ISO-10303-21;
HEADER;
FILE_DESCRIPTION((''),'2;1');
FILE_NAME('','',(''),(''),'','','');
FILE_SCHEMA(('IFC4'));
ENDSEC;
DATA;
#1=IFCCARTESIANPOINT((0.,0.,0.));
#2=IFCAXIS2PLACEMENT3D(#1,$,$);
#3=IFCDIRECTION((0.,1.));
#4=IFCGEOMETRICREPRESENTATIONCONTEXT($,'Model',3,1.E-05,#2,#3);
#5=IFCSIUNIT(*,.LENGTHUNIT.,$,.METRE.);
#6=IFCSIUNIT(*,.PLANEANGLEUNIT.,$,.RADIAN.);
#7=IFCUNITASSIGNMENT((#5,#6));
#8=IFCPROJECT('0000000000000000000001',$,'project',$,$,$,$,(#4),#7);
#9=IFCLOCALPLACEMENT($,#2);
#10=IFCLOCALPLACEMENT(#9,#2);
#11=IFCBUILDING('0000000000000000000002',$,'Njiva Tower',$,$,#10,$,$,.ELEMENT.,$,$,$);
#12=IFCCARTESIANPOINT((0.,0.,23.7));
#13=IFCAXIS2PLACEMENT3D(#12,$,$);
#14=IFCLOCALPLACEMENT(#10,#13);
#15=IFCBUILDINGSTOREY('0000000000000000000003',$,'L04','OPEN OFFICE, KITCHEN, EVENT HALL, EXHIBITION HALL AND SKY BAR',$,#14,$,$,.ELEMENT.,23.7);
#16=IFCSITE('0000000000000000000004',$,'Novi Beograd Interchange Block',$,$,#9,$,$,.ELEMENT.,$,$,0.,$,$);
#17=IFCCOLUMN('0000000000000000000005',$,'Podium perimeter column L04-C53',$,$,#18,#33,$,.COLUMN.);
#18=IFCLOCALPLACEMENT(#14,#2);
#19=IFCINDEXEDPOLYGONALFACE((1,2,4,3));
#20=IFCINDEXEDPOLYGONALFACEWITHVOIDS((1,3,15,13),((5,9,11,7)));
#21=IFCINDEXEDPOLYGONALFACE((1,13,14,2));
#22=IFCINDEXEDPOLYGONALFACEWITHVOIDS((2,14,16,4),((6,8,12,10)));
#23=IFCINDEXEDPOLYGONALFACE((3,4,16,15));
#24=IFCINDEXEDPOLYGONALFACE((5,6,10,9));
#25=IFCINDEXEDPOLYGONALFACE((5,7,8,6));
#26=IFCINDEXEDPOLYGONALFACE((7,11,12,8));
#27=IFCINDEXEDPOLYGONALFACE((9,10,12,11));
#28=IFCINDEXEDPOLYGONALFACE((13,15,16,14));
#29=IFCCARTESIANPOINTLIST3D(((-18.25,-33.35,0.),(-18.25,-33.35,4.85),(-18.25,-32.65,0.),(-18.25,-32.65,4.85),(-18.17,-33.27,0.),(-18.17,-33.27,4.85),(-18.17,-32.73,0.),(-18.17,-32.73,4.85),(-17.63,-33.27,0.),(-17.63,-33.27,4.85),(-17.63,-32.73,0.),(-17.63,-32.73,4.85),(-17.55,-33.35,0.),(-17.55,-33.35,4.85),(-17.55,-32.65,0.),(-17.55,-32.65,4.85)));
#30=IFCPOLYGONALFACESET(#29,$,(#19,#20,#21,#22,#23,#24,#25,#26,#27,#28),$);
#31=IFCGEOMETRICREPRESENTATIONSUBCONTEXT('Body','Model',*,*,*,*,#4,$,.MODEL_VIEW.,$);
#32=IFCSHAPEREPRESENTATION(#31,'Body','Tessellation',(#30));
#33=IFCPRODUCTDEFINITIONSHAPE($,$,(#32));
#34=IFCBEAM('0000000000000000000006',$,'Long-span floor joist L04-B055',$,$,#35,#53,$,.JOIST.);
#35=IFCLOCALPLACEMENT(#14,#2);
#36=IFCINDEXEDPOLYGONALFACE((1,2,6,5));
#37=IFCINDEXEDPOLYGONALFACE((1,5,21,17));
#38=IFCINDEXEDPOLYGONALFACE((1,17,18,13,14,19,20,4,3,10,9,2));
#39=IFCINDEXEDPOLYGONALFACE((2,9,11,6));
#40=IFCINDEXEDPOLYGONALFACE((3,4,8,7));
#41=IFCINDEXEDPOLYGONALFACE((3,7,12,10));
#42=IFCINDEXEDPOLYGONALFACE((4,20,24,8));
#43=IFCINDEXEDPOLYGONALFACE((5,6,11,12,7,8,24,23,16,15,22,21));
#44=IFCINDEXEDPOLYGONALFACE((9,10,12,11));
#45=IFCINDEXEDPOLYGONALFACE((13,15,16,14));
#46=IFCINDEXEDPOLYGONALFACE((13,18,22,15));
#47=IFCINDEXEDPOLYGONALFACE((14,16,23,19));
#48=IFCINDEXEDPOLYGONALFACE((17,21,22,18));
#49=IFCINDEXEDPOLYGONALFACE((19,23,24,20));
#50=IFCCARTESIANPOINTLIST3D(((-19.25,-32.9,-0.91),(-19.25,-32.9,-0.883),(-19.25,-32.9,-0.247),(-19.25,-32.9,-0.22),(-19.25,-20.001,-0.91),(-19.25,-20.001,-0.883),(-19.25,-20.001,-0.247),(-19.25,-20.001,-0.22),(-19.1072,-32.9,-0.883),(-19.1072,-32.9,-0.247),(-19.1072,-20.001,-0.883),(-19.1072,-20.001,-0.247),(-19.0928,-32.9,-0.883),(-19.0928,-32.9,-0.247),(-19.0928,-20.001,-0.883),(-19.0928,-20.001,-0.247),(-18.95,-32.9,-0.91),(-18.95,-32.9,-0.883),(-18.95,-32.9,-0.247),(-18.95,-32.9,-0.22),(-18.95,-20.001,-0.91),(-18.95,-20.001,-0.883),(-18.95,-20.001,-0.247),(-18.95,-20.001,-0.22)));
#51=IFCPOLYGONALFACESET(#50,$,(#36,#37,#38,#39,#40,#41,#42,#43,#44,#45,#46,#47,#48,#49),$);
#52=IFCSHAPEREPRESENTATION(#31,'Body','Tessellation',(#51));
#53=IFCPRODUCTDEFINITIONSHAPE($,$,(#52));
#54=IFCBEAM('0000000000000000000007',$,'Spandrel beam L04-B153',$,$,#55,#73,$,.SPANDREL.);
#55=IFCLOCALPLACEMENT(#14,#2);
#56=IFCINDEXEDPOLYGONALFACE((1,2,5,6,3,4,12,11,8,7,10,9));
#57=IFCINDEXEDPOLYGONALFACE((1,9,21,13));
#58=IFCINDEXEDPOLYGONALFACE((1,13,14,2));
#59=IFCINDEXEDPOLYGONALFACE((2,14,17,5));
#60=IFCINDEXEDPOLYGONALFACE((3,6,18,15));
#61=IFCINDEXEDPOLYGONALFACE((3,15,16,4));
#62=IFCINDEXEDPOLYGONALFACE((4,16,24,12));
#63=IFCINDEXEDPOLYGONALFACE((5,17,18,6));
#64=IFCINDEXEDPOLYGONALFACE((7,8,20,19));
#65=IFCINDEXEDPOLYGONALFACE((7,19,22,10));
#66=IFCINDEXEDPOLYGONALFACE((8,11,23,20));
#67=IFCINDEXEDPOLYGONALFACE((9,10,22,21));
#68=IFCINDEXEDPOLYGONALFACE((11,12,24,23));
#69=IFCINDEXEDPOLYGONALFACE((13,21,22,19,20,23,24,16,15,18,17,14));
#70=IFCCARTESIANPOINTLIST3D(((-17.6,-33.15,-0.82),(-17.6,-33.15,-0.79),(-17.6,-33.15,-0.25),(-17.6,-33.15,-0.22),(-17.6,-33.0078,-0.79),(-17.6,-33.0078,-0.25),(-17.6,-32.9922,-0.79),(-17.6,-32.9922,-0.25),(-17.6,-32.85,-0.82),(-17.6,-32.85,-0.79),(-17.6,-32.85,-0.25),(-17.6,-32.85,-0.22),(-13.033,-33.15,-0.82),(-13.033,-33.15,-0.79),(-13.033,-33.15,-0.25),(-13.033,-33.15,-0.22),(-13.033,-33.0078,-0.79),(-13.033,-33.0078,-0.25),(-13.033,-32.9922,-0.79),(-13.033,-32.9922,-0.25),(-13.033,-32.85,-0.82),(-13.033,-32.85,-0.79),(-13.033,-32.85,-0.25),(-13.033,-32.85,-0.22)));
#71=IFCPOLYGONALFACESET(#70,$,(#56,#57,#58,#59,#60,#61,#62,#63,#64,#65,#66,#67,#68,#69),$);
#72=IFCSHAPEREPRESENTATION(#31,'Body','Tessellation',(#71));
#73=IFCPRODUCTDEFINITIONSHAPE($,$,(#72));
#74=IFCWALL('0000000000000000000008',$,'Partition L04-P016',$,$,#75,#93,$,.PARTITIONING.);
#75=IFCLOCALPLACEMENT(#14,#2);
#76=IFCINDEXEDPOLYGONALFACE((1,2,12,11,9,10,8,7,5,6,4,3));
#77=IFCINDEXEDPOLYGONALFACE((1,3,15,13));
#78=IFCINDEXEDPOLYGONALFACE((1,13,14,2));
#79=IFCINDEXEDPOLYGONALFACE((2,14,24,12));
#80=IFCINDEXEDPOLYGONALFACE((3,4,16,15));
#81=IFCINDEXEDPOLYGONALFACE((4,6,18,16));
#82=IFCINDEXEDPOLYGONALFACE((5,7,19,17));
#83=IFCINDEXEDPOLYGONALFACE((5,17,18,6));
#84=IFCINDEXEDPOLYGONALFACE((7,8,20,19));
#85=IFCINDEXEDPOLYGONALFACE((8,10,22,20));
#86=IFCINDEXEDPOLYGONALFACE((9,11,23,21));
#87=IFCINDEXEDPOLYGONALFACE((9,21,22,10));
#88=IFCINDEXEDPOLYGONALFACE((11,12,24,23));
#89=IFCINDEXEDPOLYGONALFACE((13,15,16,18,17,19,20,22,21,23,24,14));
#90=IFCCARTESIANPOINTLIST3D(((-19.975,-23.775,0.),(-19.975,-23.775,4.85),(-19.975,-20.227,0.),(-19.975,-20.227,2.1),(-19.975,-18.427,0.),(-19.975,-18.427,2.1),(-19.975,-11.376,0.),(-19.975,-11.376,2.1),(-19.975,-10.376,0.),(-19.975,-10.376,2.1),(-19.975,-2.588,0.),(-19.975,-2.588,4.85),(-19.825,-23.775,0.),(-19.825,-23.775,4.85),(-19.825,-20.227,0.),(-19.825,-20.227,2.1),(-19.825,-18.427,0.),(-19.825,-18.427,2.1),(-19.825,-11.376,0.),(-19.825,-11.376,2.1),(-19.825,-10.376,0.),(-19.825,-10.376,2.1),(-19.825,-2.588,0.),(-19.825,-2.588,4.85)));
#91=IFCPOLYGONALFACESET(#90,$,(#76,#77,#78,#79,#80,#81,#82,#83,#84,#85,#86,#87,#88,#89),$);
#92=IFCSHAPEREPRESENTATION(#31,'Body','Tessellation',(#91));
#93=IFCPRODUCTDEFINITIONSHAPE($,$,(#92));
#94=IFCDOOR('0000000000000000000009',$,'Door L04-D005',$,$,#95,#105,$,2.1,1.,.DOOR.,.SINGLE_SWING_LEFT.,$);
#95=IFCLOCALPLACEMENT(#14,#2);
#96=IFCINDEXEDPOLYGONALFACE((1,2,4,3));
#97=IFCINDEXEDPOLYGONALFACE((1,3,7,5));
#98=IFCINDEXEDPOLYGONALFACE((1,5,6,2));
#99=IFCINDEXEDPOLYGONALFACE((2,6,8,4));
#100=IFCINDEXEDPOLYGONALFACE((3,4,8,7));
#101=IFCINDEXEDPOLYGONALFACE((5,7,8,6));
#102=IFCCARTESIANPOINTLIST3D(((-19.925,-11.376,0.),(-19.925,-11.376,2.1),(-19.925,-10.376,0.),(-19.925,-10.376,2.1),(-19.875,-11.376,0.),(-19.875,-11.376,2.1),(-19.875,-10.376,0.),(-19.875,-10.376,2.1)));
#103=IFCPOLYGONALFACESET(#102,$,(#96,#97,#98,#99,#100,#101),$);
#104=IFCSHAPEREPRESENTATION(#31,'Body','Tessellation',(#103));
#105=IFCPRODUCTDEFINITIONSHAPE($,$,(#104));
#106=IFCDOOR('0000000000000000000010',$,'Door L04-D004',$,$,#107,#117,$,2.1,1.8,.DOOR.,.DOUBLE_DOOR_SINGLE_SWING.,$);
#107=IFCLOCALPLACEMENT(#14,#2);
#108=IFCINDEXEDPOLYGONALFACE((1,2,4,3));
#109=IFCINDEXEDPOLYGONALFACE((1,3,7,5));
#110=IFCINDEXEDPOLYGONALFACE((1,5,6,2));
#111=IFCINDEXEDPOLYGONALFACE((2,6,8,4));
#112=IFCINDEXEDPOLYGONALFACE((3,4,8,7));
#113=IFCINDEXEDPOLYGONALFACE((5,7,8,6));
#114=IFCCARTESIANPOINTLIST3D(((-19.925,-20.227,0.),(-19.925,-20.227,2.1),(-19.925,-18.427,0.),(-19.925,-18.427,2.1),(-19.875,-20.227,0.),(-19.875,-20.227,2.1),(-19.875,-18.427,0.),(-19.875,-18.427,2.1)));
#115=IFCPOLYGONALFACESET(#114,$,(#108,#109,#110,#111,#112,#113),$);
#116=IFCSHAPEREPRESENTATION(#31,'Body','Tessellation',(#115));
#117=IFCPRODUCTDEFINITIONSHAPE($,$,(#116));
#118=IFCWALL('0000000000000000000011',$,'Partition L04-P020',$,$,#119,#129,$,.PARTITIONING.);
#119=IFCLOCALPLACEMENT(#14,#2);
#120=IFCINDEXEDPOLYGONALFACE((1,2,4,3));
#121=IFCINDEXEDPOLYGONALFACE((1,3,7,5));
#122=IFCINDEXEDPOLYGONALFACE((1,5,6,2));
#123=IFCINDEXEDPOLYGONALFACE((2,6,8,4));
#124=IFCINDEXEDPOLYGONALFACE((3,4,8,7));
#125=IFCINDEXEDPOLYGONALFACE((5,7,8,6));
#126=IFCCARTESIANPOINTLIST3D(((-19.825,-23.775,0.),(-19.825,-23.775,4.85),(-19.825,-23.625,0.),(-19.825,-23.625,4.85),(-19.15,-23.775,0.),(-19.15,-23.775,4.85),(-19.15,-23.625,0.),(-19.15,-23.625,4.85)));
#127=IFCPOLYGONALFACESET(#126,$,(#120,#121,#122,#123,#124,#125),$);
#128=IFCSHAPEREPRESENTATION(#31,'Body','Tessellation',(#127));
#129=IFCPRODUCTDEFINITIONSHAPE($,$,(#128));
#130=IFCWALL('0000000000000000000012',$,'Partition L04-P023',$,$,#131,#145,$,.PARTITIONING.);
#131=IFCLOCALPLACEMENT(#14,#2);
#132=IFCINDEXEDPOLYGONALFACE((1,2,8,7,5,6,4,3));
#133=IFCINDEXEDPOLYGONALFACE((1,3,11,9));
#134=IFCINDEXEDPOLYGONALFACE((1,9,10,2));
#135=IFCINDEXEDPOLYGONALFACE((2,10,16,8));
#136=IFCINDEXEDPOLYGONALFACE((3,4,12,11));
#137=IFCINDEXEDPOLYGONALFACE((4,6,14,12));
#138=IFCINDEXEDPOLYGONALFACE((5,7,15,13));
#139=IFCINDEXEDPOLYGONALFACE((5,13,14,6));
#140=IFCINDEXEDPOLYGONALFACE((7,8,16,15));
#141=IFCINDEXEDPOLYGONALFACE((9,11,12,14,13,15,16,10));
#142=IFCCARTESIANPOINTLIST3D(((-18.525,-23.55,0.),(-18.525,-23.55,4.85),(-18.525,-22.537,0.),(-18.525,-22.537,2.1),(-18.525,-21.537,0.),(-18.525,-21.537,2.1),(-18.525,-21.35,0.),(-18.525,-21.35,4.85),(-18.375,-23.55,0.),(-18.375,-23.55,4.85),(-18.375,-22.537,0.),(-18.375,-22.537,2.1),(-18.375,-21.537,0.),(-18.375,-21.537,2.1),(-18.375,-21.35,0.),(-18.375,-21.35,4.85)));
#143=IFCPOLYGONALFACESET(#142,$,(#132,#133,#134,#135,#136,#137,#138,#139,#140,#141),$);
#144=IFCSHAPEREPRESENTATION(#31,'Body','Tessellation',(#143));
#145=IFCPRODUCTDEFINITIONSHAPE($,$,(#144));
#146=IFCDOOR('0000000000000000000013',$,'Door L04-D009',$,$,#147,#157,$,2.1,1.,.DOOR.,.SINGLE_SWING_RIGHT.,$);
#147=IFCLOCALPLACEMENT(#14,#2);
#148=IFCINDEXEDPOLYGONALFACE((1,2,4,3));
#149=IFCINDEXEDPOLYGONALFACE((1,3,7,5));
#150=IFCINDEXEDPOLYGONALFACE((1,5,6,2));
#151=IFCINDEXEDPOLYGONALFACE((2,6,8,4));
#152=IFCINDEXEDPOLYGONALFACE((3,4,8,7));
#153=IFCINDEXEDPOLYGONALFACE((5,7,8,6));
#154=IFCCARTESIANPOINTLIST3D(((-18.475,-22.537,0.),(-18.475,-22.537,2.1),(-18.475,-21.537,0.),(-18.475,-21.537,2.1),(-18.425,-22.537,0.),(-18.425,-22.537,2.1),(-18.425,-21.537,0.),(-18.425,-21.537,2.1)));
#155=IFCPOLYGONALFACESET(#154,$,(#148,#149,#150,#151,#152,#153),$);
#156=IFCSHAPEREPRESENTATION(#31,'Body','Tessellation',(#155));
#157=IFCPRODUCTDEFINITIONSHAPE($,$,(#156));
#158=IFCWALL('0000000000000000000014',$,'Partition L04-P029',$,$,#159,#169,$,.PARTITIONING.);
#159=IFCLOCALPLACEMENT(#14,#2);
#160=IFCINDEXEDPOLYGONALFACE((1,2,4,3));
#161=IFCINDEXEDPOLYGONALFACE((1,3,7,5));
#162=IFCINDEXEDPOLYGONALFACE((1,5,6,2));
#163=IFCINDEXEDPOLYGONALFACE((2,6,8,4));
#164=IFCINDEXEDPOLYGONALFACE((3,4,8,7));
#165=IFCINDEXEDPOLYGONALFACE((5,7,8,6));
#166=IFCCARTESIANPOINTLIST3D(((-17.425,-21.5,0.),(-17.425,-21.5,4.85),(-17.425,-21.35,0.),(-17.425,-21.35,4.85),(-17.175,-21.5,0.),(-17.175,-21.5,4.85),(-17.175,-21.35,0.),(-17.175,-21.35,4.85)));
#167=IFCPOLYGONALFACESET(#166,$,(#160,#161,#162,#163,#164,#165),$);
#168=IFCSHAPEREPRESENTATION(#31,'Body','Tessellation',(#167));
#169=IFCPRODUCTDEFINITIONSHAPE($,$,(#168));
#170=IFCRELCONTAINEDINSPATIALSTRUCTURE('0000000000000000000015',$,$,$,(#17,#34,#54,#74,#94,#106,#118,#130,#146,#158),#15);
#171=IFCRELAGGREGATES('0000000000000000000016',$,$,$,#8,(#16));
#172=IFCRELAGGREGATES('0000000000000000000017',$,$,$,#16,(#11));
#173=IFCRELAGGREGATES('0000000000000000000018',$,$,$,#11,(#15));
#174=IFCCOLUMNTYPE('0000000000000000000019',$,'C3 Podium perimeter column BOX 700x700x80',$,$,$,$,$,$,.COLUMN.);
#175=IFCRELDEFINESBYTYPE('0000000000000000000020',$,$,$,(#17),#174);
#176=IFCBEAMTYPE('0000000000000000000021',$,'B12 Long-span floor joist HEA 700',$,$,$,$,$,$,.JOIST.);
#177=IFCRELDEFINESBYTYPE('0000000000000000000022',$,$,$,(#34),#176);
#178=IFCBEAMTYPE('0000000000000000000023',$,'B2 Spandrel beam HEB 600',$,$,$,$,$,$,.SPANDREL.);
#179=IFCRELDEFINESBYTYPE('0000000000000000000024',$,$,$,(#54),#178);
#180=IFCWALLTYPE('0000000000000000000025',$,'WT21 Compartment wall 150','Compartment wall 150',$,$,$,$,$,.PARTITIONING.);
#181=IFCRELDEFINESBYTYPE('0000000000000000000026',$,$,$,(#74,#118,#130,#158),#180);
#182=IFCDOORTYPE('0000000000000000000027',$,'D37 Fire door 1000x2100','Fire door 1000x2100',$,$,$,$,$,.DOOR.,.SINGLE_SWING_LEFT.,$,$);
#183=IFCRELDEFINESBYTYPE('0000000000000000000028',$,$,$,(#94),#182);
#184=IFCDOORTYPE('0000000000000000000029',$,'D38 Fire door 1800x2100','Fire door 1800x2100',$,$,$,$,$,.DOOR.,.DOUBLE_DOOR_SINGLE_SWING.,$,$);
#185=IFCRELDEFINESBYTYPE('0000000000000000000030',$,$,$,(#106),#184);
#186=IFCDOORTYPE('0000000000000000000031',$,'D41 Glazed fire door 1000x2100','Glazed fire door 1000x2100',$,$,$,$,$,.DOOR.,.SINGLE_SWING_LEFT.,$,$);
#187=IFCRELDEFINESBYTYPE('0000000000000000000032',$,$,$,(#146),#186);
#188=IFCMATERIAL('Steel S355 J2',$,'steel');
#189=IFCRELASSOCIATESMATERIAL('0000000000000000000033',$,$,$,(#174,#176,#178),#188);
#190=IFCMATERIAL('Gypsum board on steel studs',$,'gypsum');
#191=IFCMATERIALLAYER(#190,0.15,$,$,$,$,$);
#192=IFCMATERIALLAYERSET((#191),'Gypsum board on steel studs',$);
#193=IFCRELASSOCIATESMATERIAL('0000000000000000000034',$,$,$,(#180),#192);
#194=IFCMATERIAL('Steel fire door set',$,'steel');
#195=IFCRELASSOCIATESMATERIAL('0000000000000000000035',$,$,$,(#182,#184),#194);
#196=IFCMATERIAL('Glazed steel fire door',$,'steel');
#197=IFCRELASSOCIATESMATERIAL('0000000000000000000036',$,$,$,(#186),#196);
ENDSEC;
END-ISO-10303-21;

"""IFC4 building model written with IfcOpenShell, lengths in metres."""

from ifc_helpers import new_model, si_unit, direction, frame, frame_2d, origin, origin_2d, place, context, subcontext, project, spatial, rectangle, hollow_rectangle, i_section, extrude, material, layer, layer_set, material_profile, profile_set, type_object, element, fill, save


model = new_model("IFC4")

# Units and contexts
model_context = context("Model", 3, precision=1e-05, world=origin(), true_north=direction((0.0, 1.0)))
body_context = subcontext(model_context, "Body", "Model", "MODEL_VIEW")
ifc_project = project(units=[si_unit("LENGTHUNIT", "METRE"), si_unit("PLANEANGLEUNIT", "RADIAN")], contexts=[model_context])

# Site, building, storey
site_placement = place(None, origin())
site = spatial("IfcSite", under=ifc_project, at=site_placement, Name="Novi Beograd Interchange Block", CompositionType="ELEMENT", RefElevation=0.0)
building_placement = place(site_placement, origin())
building = spatial("IfcBuilding", under=site, at=building_placement, Name="Njiva Tower", CompositionType="ELEMENT")
storey_placement = place(building_placement, frame((0.0, 0.0, 23.7)))
storey = spatial("IfcBuildingStorey", under=building, at=storey_placement, Name="L04", Description="OPEN OFFICE, KITCHEN, EVENT HALL, EXHIBITION HALL AND SKY BAR", CompositionType="ELEMENT", Elevation=23.7)

# Column
ifc_material_1 = material(Name="Steel S355 J2", Category="steel")
ifc_material_profile_1 = material_profile(ifc_material_1, hollow_rectangle(XDim=0.7, YDim=0.7, WallThickness=0.08, at=origin_2d()), Name="BOX 700x700x80")
ifc_profile_set_1 = profile_set([ifc_material_profile_1], Name="Steel S355 J2")
column_type = type_object("IfcColumnType", Name="C3 Podium perimeter column BOX 700x700x80", PredefinedType="COLUMN", material=ifc_profile_set_1)
column_placement = place(storey_placement, frame((-17.9, -33.0, 0.0), z_axis=(0.0, 0.0, 1.0), x_axis=(1.0, 0.0, 0.0)))
element("IfcColumn", 1, at=column_placement, inside=storey, type_object=column_type, Name="Podium perimeter column L04-C53", PredefinedType="COLUMN", context=body_context, shape_type="SweptSolid", body=[
    extrude(hollow_rectangle(XDim=0.7, YDim=0.7, WallThickness=0.08, at=origin_2d()), origin(), (0.0, 0.0, 1.0), 4.85),
])

# Beams
ifc_material_profile_2 = material_profile(ifc_material_1, i_section(OverallWidth=0.3, OverallDepth=0.69, WebThickness=0.0145, FlangeThickness=0.027, at=origin_2d()), Name="HEA 700")
ifc_profile_set_2 = profile_set([ifc_material_profile_2], Name="Steel S355 J2")
beam_type_1 = type_object("IfcBeamType", Name="B12 Long-span floor joist HEA 700", PredefinedType="JOIST", material=ifc_profile_set_2)
beam_1_placement = place(storey_placement, frame((-19.1, -20.001, -0.565), z_axis=(0.0, -1.0, 0.0), x_axis=(1.0, 0.0, 0.0)))
element("IfcBeam", 2, at=beam_1_placement, inside=storey, type_object=beam_type_1, Name="Long-span floor joist L04-B055", PredefinedType="JOIST", context=body_context, shape_type="SweptSolid", body=[
    extrude(i_section(OverallWidth=0.3, OverallDepth=0.69, WebThickness=0.0145, FlangeThickness=0.027, at=origin_2d()), origin(), (0.0, 0.0, 1.0), 12.899),
])
ifc_material_profile_3 = material_profile(ifc_material_1, i_section(OverallWidth=0.3, OverallDepth=0.6, WebThickness=0.0155, FlangeThickness=0.03, at=origin_2d()), Name="HEB 600")
ifc_profile_set_3 = profile_set([ifc_material_profile_3], Name="Steel S355 J2")
beam_type_2 = type_object("IfcBeamType", Name="B2 Spandrel beam HEB 600", PredefinedType="SPANDREL", material=ifc_profile_set_3)
beam_2_placement = place(storey_placement, frame((-17.6, -33.0, -0.52), z_axis=(1.0, 0.0, 0.0), x_axis=(0.0, 1.0, 0.0)))
element("IfcBeam", 3, at=beam_2_placement, inside=storey, type_object=beam_type_2, Name="Spandrel beam L04-B153", PredefinedType="SPANDREL", context=body_context, shape_type="SweptSolid", body=[
    extrude(i_section(OverallWidth=0.3, OverallDepth=0.6, WebThickness=0.0155, FlangeThickness=0.03, at=origin_2d()), origin(), (0.0, 0.0, 1.0), 4.567),
])

# Wall, openings, doors
ifc_material_2 = material(Name="Gypsum board on steel studs", Category="gypsum")
ifc_layer_1 = layer(ifc_material_2, 0.15)
ifc_layer_set_1 = layer_set([ifc_layer_1], Name="Gypsum board on steel studs")
wall_type_1 = type_object("IfcWallType", Name="WT21 Compartment wall 150", Description="Compartment wall 150", PredefinedType="PARTITIONING", material=ifc_layer_set_1)
wall_1_placement = place(storey_placement, frame((-19.9, -23.775, 0.0), z_axis=(0.0, 0.0, 1.0), x_axis=(0.0, 1.0, 0.0)))
wall_1 = element("IfcWall", 4, at=wall_1_placement, inside=storey, type_object=wall_type_1, Name="Partition L04-P016", PredefinedType="PARTITIONING", context=body_context, shape_type="SweptSolid", body=[
    extrude(rectangle(XDim=21.187, YDim=0.15, at=frame_2d((10.5935, 0.0))), origin(), (0.0, 0.0, 1.0), 4.85),
])
opening_1_placement = place(wall_1_placement, frame((3.548, 0.0, 0.0)))
opening_1 = element("IfcOpeningElement", 5, at=opening_1_placement, cuts=wall_1, PredefinedType="OPENING", context=body_context, shape_type="SweptSolid", body=[
    extrude(rectangle(XDim=1.8, YDim=2.1, at=frame_2d((0.9, 1.05))), frame((0.0, 0.085, 0.0), z_axis=(0.0, -1.0, 0.0), x_axis=(1.0, 0.0, 0.0)), (0.0, 0.0, 1.0), 0.17),
])
opening_2_placement = place(wall_1_placement, frame((12.399, 0.0, 0.0)))
opening_2 = element("IfcOpeningElement", 6, at=opening_2_placement, cuts=wall_1, PredefinedType="OPENING", context=body_context, shape_type="SweptSolid", body=[
    extrude(rectangle(XDim=1.0, YDim=2.1, at=frame_2d((0.5, 1.05))), frame((0.0, 0.085, 0.0), z_axis=(0.0, -1.0, 0.0), x_axis=(1.0, 0.0, 0.0)), (0.0, 0.0, 1.0), 0.17),
])
ifc_material_3 = material(Name="Steel fire door set", Category="steel")
door_type_1 = type_object("IfcDoorType", Name="D37 Fire door 1000x2100", Description="Fire door 1000x2100", OperationType="SINGLE_SWING_LEFT", PredefinedType="DOOR", material=ifc_material_3)
door_1_placement = place(opening_2_placement, origin())
door_1 = element("IfcDoor", 7, at=door_1_placement, inside=storey, type_object=door_type_1, Name="Door L04-D005", OperationType="SINGLE_SWING_LEFT", OverallHeight=2.1, OverallWidth=1.0, PredefinedType="DOOR", context=body_context, shape_type="SweptSolid", body=[
    extrude(rectangle(XDim=1.0, YDim=2.1, at=frame_2d((0.5, 1.05))), frame((0.0, 0.025, 0.0), z_axis=(0.0, -1.0, 0.0), x_axis=(1.0, 0.0, 0.0)), (0.0, 0.0, 1.0), 0.05),
])
fill(opening_2, door_1)
door_type_2 = type_object("IfcDoorType", Name="D38 Fire door 1800x2100", Description="Fire door 1800x2100", OperationType="DOUBLE_DOOR_SINGLE_SWING", PredefinedType="DOOR", material=ifc_material_3)
door_2_placement = place(opening_1_placement, origin())
door_2 = element("IfcDoor", 8, at=door_2_placement, inside=storey, type_object=door_type_2, Name="Door L04-D004", OperationType="DOUBLE_DOOR_SINGLE_SWING", OverallHeight=2.1, OverallWidth=1.8, PredefinedType="DOOR", context=body_context, shape_type="SweptSolid", body=[
    extrude(rectangle(XDim=1.8, YDim=2.1, at=frame_2d((0.9, 1.05))), frame((0.0, 0.025, 0.0), z_axis=(0.0, -1.0, 0.0), x_axis=(1.0, 0.0, 0.0)), (0.0, 0.0, 1.0), 0.05),
])
fill(opening_1, door_2)

# Wall
wall_2_placement = place(storey_placement, frame((-19.825, -23.7, 0.0), z_axis=(0.0, 0.0, 1.0), x_axis=(1.0, 0.0, 0.0)))
element("IfcWall", 9, at=wall_2_placement, inside=storey, type_object=wall_type_1, Name="Partition L04-P020", PredefinedType="PARTITIONING", context=body_context, shape_type="SweptSolid", body=[
    extrude(rectangle(XDim=0.675, YDim=0.15, at=frame_2d((0.3375, 0.0))), origin(), (0.0, 0.0, 1.0), 4.85),
])

# Wall, opening, door
wall_3_placement = place(storey_placement, frame((-18.45, -23.55, 0.0), z_axis=(0.0, 0.0, 1.0), x_axis=(0.0, 1.0, 0.0)))
wall_3 = element("IfcWall", 10, at=wall_3_placement, inside=storey, type_object=wall_type_1, Name="Partition L04-P023", PredefinedType="PARTITIONING", context=body_context, shape_type="SweptSolid", body=[
    extrude(rectangle(XDim=2.2, YDim=0.15, at=frame_2d((1.1, 0.0))), origin(), (0.0, 0.0, 1.0), 4.85),
])
opening_3_placement = place(wall_3_placement, frame((1.013, 0.0, 0.0)))
opening_3 = element("IfcOpeningElement", 11, at=opening_3_placement, cuts=wall_3, PredefinedType="OPENING", context=body_context, shape_type="SweptSolid", body=[
    extrude(rectangle(XDim=1.0, YDim=2.1, at=frame_2d((0.5, 1.05))), frame((0.0, 0.085, 0.0), z_axis=(0.0, -1.0, 0.0), x_axis=(1.0, 0.0, 0.0)), (0.0, 0.0, 1.0), 0.17),
])
ifc_material_4 = material(Name="Glazed steel fire door", Category="steel")
door_type_3 = type_object("IfcDoorType", Name="D41 Glazed fire door 1000x2100", Description="Glazed fire door 1000x2100", OperationType="SINGLE_SWING_LEFT", PredefinedType="DOOR", material=ifc_material_4)
door_3_placement = place(opening_3_placement, origin())
door_3 = element("IfcDoor", 12, at=door_3_placement, inside=storey, type_object=door_type_3, Name="Door L04-D009", OperationType="SINGLE_SWING_RIGHT", OverallHeight=2.1, OverallWidth=1.0, PredefinedType="DOOR", context=body_context, shape_type="SweptSolid", body=[
    extrude(rectangle(XDim=1.0, YDim=2.1, at=frame_2d((0.5, 1.05))), frame((0.0, 0.025, 0.0), z_axis=(0.0, -1.0, 0.0), x_axis=(1.0, 0.0, 0.0)), (0.0, 0.0, 1.0), 0.05),
])
fill(opening_3, door_3)

# Wall
wall_4_placement = place(storey_placement, frame((-17.425, -21.425, 0.0), z_axis=(0.0, 0.0, 1.0), x_axis=(1.0, 0.0, 0.0)))
element("IfcWall", 13, at=wall_4_placement, inside=storey, type_object=wall_type_1, Name="Partition L04-P029", PredefinedType="PARTITIONING", context=body_context, shape_type="SweptSolid", body=[
    extrude(rectangle(XDim=0.25, YDim=0.15, at=frame_2d((0.125, 0.0))), origin(), (0.0, 0.0, 1.0), 4.85),
])

save(model, "model.ifc")
